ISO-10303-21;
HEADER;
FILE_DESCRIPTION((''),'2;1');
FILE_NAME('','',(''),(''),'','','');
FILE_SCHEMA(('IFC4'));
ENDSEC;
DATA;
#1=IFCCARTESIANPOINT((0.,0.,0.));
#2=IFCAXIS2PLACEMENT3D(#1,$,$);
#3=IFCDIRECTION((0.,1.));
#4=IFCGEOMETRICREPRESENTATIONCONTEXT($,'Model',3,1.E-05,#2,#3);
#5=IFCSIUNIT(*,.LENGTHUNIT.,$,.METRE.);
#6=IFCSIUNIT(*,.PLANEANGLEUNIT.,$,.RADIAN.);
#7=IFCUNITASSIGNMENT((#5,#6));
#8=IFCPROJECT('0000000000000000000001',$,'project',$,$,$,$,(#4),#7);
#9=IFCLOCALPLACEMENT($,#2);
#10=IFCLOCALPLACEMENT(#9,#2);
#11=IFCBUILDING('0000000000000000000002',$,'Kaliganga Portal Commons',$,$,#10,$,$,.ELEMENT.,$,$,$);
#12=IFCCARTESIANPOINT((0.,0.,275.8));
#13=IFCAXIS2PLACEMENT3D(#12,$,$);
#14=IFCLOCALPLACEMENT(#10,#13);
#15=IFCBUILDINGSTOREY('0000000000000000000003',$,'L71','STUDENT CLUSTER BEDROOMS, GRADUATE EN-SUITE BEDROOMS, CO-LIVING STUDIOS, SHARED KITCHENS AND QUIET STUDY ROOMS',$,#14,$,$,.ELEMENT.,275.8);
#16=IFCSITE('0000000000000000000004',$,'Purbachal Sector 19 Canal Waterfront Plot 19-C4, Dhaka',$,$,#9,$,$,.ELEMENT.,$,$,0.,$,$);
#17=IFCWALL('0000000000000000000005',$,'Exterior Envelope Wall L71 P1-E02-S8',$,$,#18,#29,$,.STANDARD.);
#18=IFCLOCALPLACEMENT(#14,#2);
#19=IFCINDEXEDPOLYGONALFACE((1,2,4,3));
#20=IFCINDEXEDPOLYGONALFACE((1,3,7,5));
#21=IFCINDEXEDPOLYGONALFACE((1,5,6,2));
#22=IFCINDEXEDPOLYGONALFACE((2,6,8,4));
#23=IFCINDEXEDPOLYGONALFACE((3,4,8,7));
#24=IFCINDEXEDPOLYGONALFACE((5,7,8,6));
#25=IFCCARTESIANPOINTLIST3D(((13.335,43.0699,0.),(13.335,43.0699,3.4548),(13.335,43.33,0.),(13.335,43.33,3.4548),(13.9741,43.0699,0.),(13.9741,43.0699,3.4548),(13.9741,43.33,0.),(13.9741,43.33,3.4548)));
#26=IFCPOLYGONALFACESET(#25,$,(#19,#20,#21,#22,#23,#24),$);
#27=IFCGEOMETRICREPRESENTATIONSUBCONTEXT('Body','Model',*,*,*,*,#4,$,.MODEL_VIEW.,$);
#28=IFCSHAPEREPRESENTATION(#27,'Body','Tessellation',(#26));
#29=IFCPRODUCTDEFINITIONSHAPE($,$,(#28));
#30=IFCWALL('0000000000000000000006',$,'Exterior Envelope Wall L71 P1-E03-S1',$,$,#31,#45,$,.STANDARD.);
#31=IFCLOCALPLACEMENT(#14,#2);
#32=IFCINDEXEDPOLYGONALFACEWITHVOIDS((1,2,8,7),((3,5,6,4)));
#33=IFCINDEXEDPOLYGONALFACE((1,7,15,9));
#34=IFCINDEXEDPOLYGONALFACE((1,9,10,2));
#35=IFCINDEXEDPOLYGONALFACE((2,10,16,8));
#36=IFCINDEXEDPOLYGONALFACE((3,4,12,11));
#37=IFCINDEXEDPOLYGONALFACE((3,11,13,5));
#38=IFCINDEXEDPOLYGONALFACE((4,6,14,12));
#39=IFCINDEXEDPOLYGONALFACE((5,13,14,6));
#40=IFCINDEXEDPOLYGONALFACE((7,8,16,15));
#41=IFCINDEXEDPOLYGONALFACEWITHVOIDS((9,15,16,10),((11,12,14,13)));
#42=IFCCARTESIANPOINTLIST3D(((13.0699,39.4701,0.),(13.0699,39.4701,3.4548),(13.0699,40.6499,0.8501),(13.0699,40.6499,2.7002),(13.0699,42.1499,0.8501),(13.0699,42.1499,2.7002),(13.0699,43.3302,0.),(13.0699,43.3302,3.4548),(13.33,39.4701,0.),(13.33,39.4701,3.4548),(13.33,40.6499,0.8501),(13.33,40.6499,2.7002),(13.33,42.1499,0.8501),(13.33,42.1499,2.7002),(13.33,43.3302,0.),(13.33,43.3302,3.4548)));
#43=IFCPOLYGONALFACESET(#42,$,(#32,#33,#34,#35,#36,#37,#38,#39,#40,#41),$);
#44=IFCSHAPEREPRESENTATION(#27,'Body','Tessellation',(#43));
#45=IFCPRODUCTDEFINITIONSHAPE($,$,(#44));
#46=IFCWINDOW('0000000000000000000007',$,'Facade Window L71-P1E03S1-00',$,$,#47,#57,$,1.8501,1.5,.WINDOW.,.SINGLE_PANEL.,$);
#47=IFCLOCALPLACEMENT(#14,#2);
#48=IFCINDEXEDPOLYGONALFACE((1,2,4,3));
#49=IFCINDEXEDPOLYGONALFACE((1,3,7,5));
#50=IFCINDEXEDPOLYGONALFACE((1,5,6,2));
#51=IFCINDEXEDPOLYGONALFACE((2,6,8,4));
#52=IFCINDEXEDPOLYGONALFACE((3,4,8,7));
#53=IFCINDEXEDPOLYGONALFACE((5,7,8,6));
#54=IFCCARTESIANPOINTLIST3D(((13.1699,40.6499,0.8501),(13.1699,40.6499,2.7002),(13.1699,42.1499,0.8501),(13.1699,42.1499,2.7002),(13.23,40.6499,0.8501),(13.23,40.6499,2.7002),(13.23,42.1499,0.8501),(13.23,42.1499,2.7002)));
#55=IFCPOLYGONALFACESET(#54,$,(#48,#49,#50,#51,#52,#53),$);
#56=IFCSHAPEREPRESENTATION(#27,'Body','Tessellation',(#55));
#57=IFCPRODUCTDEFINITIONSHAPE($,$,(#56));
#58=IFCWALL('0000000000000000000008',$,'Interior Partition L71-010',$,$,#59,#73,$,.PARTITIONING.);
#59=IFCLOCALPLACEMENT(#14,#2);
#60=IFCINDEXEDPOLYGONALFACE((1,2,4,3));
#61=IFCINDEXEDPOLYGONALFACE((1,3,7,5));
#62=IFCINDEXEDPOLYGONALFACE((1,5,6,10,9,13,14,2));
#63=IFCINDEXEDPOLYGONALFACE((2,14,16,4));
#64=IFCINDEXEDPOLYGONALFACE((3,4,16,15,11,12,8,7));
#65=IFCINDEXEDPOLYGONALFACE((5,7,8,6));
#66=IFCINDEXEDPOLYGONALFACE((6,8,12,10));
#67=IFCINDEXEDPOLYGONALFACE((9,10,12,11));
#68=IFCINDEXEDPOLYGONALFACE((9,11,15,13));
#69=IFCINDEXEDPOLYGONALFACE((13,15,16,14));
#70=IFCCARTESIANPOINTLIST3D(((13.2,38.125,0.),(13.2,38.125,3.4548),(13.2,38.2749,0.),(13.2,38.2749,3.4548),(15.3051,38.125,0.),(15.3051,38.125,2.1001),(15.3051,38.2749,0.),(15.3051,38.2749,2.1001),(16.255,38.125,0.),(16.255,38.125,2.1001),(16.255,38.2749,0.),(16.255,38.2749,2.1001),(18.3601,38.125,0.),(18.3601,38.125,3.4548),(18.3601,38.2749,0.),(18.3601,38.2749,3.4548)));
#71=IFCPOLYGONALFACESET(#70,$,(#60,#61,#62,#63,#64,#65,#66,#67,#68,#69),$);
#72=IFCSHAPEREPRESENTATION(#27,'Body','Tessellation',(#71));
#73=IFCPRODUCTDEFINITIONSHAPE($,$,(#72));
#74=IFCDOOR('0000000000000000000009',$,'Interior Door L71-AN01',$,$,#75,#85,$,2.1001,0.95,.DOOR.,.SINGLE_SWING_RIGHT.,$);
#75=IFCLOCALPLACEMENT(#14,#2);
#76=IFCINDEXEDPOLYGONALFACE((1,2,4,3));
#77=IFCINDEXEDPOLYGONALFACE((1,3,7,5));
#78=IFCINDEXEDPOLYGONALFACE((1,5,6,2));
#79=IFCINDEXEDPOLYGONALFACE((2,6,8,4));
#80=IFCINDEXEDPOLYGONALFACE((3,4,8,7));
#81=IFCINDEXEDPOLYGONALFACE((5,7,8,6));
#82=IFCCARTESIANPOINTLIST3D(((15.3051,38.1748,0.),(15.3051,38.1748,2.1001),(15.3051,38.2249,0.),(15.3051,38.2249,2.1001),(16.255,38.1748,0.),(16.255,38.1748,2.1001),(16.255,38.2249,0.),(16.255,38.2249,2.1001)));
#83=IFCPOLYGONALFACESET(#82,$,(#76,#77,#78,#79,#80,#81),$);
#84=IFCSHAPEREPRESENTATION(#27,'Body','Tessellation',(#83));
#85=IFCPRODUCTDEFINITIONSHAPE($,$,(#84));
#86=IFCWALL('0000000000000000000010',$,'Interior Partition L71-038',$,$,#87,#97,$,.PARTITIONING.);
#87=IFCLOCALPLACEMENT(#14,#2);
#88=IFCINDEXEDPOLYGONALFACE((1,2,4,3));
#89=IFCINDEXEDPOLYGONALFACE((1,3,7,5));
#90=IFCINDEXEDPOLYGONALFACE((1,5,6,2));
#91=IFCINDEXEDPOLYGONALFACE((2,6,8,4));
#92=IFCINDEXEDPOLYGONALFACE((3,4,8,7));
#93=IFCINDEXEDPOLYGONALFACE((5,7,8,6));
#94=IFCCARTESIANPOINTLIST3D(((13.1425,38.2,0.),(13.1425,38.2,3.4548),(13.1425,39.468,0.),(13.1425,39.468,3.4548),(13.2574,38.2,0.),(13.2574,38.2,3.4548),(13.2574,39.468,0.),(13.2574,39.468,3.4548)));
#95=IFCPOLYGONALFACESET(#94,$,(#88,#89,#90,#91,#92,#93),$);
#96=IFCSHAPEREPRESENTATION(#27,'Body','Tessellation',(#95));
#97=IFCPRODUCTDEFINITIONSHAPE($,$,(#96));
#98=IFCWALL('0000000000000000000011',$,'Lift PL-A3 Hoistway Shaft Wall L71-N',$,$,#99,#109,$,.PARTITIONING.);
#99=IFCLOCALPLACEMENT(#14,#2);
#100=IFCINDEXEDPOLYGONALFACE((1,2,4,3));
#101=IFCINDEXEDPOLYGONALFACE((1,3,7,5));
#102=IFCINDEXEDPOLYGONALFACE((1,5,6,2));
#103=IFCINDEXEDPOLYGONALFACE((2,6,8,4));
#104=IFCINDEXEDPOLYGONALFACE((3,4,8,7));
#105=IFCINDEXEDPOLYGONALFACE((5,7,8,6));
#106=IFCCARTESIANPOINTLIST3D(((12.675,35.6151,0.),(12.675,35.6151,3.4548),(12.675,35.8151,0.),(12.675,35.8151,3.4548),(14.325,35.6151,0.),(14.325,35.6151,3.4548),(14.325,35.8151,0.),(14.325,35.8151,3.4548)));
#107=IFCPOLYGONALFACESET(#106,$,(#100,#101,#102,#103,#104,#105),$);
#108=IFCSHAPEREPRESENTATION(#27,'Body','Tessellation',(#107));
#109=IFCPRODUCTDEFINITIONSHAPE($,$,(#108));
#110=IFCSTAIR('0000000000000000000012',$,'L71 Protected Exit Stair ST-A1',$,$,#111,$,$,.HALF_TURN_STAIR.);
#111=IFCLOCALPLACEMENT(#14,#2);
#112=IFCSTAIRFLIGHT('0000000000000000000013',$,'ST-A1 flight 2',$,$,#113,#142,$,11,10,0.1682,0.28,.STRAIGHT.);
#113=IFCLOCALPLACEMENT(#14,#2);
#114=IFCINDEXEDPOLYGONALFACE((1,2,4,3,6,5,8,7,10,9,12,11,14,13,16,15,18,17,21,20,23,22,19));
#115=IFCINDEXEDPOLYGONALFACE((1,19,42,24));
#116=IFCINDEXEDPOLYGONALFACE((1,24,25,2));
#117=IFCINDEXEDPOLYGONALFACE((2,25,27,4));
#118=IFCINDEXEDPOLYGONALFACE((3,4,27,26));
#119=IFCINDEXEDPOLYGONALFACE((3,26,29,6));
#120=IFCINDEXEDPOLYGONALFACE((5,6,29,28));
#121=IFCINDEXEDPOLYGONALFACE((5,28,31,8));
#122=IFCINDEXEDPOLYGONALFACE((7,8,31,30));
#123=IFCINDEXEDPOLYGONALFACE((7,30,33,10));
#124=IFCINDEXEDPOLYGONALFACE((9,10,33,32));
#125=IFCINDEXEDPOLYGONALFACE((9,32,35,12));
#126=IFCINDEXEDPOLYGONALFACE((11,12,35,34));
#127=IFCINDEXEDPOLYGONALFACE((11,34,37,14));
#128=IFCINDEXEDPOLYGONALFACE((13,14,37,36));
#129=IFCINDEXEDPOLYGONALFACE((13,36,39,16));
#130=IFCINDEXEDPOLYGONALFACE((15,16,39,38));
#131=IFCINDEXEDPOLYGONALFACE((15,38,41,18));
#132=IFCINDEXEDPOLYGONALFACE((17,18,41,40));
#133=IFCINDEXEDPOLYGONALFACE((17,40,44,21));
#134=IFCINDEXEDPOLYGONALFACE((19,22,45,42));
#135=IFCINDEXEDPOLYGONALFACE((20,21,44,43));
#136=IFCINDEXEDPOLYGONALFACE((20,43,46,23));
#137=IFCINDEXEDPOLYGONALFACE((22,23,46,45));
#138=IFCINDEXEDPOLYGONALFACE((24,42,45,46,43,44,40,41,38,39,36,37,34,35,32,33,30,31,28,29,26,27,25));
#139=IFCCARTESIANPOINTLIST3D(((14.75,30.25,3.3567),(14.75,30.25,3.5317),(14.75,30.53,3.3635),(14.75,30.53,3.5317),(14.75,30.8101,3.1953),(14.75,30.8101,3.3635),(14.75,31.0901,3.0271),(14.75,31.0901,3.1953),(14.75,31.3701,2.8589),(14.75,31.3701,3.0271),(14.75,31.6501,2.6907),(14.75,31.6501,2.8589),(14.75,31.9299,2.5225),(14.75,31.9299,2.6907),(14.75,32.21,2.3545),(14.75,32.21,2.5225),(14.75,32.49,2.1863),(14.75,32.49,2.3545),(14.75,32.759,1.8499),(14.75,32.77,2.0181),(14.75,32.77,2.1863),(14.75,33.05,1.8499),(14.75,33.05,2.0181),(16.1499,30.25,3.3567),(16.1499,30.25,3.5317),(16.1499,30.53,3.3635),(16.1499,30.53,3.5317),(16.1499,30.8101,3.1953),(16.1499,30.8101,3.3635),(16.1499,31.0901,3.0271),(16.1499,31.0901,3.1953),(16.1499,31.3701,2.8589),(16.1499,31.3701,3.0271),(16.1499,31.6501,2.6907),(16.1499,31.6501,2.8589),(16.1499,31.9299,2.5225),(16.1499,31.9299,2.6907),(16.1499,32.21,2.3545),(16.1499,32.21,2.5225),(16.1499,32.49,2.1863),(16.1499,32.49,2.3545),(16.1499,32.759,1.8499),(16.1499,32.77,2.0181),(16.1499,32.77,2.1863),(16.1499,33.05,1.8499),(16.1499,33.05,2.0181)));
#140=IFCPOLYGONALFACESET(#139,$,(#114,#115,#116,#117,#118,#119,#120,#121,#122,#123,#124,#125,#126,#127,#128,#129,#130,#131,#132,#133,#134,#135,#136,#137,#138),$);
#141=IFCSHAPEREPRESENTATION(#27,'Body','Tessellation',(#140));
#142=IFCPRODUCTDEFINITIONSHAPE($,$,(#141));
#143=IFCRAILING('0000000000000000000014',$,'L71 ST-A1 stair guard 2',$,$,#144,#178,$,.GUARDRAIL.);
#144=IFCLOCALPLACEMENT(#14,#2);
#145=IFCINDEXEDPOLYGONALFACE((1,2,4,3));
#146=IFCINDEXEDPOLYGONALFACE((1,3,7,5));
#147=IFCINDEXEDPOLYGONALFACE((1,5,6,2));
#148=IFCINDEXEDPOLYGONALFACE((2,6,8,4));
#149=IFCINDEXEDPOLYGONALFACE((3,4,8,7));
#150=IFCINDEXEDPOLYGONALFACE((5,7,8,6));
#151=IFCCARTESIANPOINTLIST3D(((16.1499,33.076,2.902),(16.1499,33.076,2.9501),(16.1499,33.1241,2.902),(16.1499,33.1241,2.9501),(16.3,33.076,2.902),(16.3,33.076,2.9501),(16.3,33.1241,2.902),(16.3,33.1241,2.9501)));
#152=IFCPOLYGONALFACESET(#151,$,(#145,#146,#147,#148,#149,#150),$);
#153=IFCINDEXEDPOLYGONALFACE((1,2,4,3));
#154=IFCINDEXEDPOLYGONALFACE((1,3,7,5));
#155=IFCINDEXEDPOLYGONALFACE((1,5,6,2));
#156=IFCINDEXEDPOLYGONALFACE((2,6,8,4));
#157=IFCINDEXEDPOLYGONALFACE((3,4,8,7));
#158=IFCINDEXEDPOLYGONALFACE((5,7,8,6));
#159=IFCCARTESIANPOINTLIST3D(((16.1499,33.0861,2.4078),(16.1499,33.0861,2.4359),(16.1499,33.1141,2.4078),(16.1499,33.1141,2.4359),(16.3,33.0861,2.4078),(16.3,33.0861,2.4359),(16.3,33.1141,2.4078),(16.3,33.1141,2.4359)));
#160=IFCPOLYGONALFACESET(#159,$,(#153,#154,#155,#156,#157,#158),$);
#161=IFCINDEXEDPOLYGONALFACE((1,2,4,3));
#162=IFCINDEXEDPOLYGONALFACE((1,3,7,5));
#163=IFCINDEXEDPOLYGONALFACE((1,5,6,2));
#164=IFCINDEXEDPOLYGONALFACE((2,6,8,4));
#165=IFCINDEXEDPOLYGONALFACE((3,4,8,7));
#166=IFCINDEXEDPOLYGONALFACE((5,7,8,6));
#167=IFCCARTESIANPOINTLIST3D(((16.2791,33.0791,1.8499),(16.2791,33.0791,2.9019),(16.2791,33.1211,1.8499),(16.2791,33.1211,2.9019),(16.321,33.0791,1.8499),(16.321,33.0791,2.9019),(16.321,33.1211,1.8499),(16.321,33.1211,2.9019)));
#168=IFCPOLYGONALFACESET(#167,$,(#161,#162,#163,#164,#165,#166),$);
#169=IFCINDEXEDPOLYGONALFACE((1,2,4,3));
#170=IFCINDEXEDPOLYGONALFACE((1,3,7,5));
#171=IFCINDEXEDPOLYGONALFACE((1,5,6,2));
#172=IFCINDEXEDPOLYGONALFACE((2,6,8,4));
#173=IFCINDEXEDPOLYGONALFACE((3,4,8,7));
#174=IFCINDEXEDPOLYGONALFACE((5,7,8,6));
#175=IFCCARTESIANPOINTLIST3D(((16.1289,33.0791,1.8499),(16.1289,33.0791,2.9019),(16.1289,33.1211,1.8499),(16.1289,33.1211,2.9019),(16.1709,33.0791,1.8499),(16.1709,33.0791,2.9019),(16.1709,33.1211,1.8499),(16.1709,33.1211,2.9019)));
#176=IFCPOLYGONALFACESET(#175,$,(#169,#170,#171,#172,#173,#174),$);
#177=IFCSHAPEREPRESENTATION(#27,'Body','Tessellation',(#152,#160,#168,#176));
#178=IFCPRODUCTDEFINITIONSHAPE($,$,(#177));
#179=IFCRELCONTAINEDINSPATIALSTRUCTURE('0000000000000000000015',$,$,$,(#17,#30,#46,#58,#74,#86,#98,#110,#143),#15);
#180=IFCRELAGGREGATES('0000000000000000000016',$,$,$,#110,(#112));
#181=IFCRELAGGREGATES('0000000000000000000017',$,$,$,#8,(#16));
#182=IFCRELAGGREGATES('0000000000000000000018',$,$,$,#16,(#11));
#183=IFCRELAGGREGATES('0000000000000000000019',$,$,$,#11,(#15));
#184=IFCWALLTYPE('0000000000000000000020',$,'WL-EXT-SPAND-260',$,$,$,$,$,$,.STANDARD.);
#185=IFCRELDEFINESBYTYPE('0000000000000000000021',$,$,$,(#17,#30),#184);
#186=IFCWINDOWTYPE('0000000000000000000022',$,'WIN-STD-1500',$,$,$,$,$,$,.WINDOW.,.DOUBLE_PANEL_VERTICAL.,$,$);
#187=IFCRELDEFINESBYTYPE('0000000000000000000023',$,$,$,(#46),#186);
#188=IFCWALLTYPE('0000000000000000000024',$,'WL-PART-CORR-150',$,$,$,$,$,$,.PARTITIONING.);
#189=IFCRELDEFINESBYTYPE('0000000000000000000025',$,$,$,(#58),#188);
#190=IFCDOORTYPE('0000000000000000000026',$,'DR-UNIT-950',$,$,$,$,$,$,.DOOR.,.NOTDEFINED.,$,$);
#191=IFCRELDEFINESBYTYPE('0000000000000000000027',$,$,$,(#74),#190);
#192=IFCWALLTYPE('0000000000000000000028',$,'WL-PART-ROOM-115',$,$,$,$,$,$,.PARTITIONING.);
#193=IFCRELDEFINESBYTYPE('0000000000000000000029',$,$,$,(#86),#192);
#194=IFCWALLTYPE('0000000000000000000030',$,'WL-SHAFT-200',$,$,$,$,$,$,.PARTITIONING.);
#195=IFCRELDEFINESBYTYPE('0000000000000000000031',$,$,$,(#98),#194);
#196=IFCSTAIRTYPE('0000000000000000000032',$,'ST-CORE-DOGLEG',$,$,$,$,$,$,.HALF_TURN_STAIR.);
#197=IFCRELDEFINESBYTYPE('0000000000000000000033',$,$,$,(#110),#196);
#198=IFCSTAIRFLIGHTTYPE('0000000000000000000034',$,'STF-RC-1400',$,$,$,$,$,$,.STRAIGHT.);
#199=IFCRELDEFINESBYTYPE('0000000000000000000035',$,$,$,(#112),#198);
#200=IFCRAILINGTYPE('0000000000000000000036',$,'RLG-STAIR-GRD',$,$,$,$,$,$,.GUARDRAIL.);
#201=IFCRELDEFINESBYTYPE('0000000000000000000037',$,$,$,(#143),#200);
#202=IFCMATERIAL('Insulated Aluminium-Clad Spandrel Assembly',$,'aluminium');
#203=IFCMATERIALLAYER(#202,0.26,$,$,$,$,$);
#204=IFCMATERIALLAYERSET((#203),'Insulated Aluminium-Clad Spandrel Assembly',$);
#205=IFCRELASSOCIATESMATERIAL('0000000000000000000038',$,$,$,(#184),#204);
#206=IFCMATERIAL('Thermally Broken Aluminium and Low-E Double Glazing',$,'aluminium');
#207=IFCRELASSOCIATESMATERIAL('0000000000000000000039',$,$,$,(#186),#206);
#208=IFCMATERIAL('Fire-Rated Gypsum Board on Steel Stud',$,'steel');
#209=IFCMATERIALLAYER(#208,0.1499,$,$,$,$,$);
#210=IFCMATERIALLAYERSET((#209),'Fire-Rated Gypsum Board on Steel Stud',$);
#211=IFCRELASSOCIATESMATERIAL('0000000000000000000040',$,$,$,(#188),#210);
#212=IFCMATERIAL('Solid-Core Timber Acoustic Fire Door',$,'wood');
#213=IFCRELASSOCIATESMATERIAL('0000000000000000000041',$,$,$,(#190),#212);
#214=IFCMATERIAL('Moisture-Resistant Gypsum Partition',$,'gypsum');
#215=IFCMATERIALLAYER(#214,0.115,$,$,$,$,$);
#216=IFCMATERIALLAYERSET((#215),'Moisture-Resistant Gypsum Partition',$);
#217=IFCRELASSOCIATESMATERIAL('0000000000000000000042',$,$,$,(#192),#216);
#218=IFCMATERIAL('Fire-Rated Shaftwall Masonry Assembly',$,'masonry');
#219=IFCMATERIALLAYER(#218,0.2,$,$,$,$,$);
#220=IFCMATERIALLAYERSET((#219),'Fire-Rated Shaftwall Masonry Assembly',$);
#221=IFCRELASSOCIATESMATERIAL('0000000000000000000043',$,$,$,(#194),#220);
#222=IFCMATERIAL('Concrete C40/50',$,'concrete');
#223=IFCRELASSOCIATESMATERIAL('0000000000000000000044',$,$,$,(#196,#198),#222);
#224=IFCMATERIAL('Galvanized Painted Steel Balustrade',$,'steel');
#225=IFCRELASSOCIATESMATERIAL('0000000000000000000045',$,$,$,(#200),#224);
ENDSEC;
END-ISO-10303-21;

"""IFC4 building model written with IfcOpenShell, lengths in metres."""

from ifc_helpers import new_model, si_unit, direction, frame, frame_2d, origin, origin_2d, place, context, subcontext, project, spatial, polyline, rectangle, outline, extrude, material, layer, layer_set, type_object, element, fill, aggregate, save


model = new_model("IFC4")

# Units and contexts
model_context = context("Model", 3, precision=1e-05, world=origin(), true_north=direction((0.0, 1.0)))
body_context = subcontext(model_context, "Body", "Model", "MODEL_VIEW")
ifc_project = project(units=[si_unit("LENGTHUNIT", "METRE"), si_unit("PLANEANGLEUNIT", "RADIAN")], contexts=[model_context])

# Site, building, storey
site_placement = place(None, origin())
site = spatial("IfcSite", under=ifc_project, at=site_placement, Name="Purbachal Sector 19 Canal Waterfront Plot 19-C4, Dhaka", CompositionType="ELEMENT", RefElevation=0.0)
building_placement = place(site_placement, origin())
building = spatial("IfcBuilding", under=site, at=building_placement, Name="Kaliganga Portal Commons", CompositionType="ELEMENT")
storey_placement = place(building_placement, frame((0.0, 0.0, 275.8)))
storey = spatial("IfcBuildingStorey", under=building, at=storey_placement, Name="L71", Description="STUDENT CLUSTER BEDROOMS, GRADUATE EN-SUITE BEDROOMS, CO-LIVING STUDIOS, SHARED KITCHENS AND QUIET STUDY ROOMS", CompositionType="ELEMENT", Elevation=275.8)

# Shared definitions
ifc_material_1 = material(Name="Insulated Aluminium-Clad Spandrel Assembly", Category="aluminium")
ifc_layer_1 = layer(ifc_material_1, 0.26)
ifc_layer_set_1 = layer_set([ifc_layer_1], Name="Insulated Aluminium-Clad Spandrel Assembly")
wall_type_1 = type_object("IfcWallType", Name="WL-EXT-SPAND-260", PredefinedType="STANDARD", material=ifc_layer_set_1)
ifc_material_2 = material(Name="Thermally Broken Aluminium and Low-E Double Glazing", Category="aluminium")

# Wall
wall_1_placement = place(storey_placement, frame((13.335, 43.2, 0.0), z_axis=(0.0, 0.0, 1.0), x_axis=(1.0, 0.0, 0.0)))
element("IfcWall", 1, at=wall_1_placement, inside=storey, type_object=wall_type_1, Name="Exterior Envelope Wall L71 P1-E02-S8", PredefinedType="STANDARD", context=body_context, shape_type="SweptSolid", body=[
    extrude(rectangle(XDim=0.6392, YDim=0.26, at=frame_2d((0.3196, 0.0))), origin(), (0.0, 0.0, 1.0), 3.4548),
])

# Wall, opening, window
wall_2_placement = place(storey_placement, frame((13.2, 39.47, 0.0), z_axis=(0.0, 0.0, 1.0), x_axis=(0.0, 1.0, 0.0)))
wall_2 = element("IfcWall", 2, at=wall_2_placement, inside=storey, type_object=wall_type_1, Name="Exterior Envelope Wall L71 P1-E03-S1", PredefinedType="STANDARD", context=body_context, shape_type="SweptSolid", body=[
    extrude(rectangle(XDim=3.8601, YDim=0.26, at=frame_2d((1.9302, 0.0))), origin(), (0.0, 0.0, 1.0), 3.4548),
])
opening_1_placement = place(wall_2_placement, frame((1.1799, 0.0, 0.8501)))
opening_1 = element("IfcOpeningElement", 3, at=opening_1_placement, cuts=wall_2, PredefinedType="OPENING", context=body_context, shape_type="SweptSolid", body=[
    extrude(rectangle(XDim=1.5, YDim=1.8501, at=frame_2d((0.75, 0.925))), frame((0.0, 0.1401, 0.0), z_axis=(0.0, -1.0, 0.0), x_axis=(1.0, 0.0, 0.0)), (0.0, 0.0, 1.0), 0.28),
])
window_type_1 = type_object("IfcWindowType", Name="WIN-STD-1500", PartitioningType="DOUBLE_PANEL_VERTICAL", PredefinedType="WINDOW", material=ifc_material_2)
window_1_placement = place(opening_1_placement, origin())
window_1 = element("IfcWindow", 4, at=window_1_placement, inside=storey, type_object=window_type_1, Name="Facade Window L71-P1E03S1-00", OverallHeight=1.8501, OverallWidth=1.5, PartitioningType="SINGLE_PANEL", PredefinedType="WINDOW", context=body_context, shape_type="SweptSolid", body=[
    extrude(rectangle(XDim=1.5, YDim=1.8501, at=frame_2d((0.75, 0.925))), frame((0.0, 0.03, 0.0), z_axis=(0.0, -1.0, 0.0), x_axis=(1.0, 0.0, 0.0)), (0.0, 0.0, 1.0), 0.0601),
])
fill(opening_1, window_1)

# Wall, opening, door
ifc_material_3 = material(Name="Fire-Rated Gypsum Board on Steel Stud", Category="steel")
ifc_layer_2 = layer(ifc_material_3, 0.1499)
ifc_layer_set_2 = layer_set([ifc_layer_2], Name="Fire-Rated Gypsum Board on Steel Stud")
wall_type_2 = type_object("IfcWallType", Name="WL-PART-CORR-150", PredefinedType="PARTITIONING", material=ifc_layer_set_2)
wall_3_placement = place(storey_placement, frame((13.2, 38.2, 0.0), z_axis=(0.0, 0.0, 1.0), x_axis=(1.0, 0.0, 0.0)))
wall_3 = element("IfcWall", 5, at=wall_3_placement, inside=storey, type_object=wall_type_2, Name="Interior Partition L71-010", PredefinedType="PARTITIONING", context=body_context, shape_type="SweptSolid", body=[
    extrude(rectangle(XDim=5.1602, YDim=0.1499, at=frame_2d((2.5801, 0.0))), origin(), (0.0, 0.0, 1.0), 3.4548),
])
opening_2_placement = place(wall_3_placement, frame((2.105, 0.0, 0.0)))
opening_2 = element("IfcOpeningElement", 6, at=opening_2_placement, cuts=wall_3, PredefinedType="OPENING", context=body_context, shape_type="SweptSolid", body=[
    extrude(rectangle(XDim=0.95, YDim=2.1001, at=frame_2d((0.4751, 1.05))), frame((0.0, 0.085, 0.0), z_axis=(0.0, -1.0, 0.0), x_axis=(1.0, 0.0, 0.0)), (0.0, 0.0, 1.0), 0.1699),
])
ifc_material_4 = material(Name="Solid-Core Timber Acoustic Fire Door", Category="wood")
door_type = type_object("IfcDoorType", Name="DR-UNIT-950", OperationType="NOTDEFINED", PredefinedType="DOOR", material=ifc_material_4)
door_placement = place(opening_2_placement, origin())
door = element("IfcDoor", 7, at=door_placement, inside=storey, type_object=door_type, Name="Interior Door L71-AN01", OperationType="SINGLE_SWING_RIGHT", OverallHeight=2.1001, OverallWidth=0.95, PredefinedType="DOOR", context=body_context, shape_type="SweptSolid", body=[
    extrude(rectangle(XDim=0.95, YDim=2.1001, at=frame_2d((0.4751, 1.05))), frame((0.0, 0.0249, 0.0), z_axis=(0.0, -1.0, 0.0), x_axis=(1.0, 0.0, 0.0)), (0.0, 0.0, 1.0), 0.05),
])
fill(opening_2, door)

# Walls
ifc_material_5 = material(Name="Moisture-Resistant Gypsum Partition", Category="gypsum")
ifc_layer_3 = layer(ifc_material_5, 0.115)
ifc_layer_set_3 = layer_set([ifc_layer_3], Name="Moisture-Resistant Gypsum Partition")
wall_type_3 = type_object("IfcWallType", Name="WL-PART-ROOM-115", PredefinedType="PARTITIONING", material=ifc_layer_set_3)
wall_4_placement = place(storey_placement, frame((13.2, 38.2, 0.0), z_axis=(0.0, 0.0, 1.0), x_axis=(0.0, 1.0, 0.0)))
element("IfcWall", 8, at=wall_4_placement, inside=storey, type_object=wall_type_3, Name="Interior Partition L71-038", PredefinedType="PARTITIONING", context=body_context, shape_type="SweptSolid", body=[
    extrude(rectangle(XDim=1.2681, YDim=0.115, at=frame_2d((0.634, 0.0))), origin(), (0.0, 0.0, 1.0), 3.4548),
])
ifc_material_6 = material(Name="Fire-Rated Shaftwall Masonry Assembly", Category="masonry")
ifc_layer_4 = layer(ifc_material_6, 0.2)
ifc_layer_set_4 = layer_set([ifc_layer_4], Name="Fire-Rated Shaftwall Masonry Assembly")
wall_type_4 = type_object("IfcWallType", Name="WL-SHAFT-200", PredefinedType="PARTITIONING", material=ifc_layer_set_4)
wall_5_placement = place(storey_placement, frame((12.675, 35.7151, 0.0), z_axis=(0.0, 0.0, 1.0), x_axis=(1.0, 0.0, 0.0)))
element("IfcWall", 9, at=wall_5_placement, inside=storey, type_object=wall_type_4, Name="Lift PL-A3 Hoistway Shaft Wall L71-N", PredefinedType="PARTITIONING", context=body_context, shape_type="SweptSolid", body=[
    extrude(rectangle(XDim=1.6499, YDim=0.2, at=frame_2d((0.825, 0.0))), origin(), (0.0, 0.0, 1.0), 3.4548),
])

# Stair, stair flight
ifc_material_7 = material(Name="Concrete C40/50", Category="concrete")
stair_type = type_object("IfcStairType", Name="ST-CORE-DOGLEG", PredefinedType="HALF_TURN_STAIR", material=ifc_material_7)
stair_placement = place(storey_placement, origin())
stair = element("IfcStair", 10, at=stair_placement, inside=storey, type_object=stair_type, Name="L71 Protected Exit Stair ST-A1", PredefinedType="HALF_TURN_STAIR")
stair_flight_type = type_object("IfcStairFlightType", Name="STF-RC-1400", PredefinedType="STRAIGHT", material=ifc_material_7)
stair_flight_placement = place(storey_placement, frame((15.45, 33.05, 1.8499), z_axis=(0.0, 0.0, 1.0), x_axis=(0.0, -1.0, 0.0)))
stair_flight = element("IfcStairFlight", 11, at=stair_flight_placement, type_object=stair_flight_type, Name="ST-A1 flight 2", NumberOfRisers=11, NumberOfTreads=10, PredefinedType="STRAIGHT", RiserHeight=0.1682, TreadLength=0.28, context=body_context, shape_type="SweptSolid", body=[
    extrude(outline(polyline([(0.0, 0.0), (0.0, 0.1682), (0.28, 0.1682), (0.28, 0.3364), (0.5601, 0.3364), (0.5601, 0.5046), (0.8401, 0.5046), (0.8401, 0.6726), (1.1201, 0.6726), (1.1201, 0.8408), (1.3999, 0.8408), (1.3999, 1.009), (1.6799, 1.009), (1.6799, 1.1772), (1.96, 1.1772), (1.96, 1.3455), (2.24, 1.3455), (2.24, 1.5137), (2.52, 1.5137), (2.52, 1.6819), (2.8, 1.6819), (2.8, 1.8501), (2.8, 1.5068), (0.291, 0.0), (0.0, 0.0)])), frame((0.0, 0.7, 0.0), z_axis=(0.0, -1.0, 0.0), x_axis=(1.0, 0.0, 0.0)), (0.0, 0.0, 1.0), 1.3999),
])
aggregate(stair, [stair_flight])

# Railing
ifc_material_8 = material(Name="Galvanized Painted Steel Balustrade", Category="steel")
railing_type_1 = type_object("IfcRailingType", Name="RLG-STAIR-GRD", PredefinedType="GUARDRAIL", material=ifc_material_8)
railing_1_placement = place(storey_placement, frame((16.3, 33.1001, 1.8499)))
element("IfcRailing", 12, at=railing_1_placement, inside=storey, type_object=railing_type_1, Name="L71 ST-A1 stair guard 2", PredefinedType="GUARDRAIL", context=body_context, shape_type="SweptSolid", body=[
    extrude(rectangle(XDim=0.0481, YDim=0.0481, at=origin_2d()), frame((0.0, 0.0, 1.0762), z_axis=(-1.0, 0.0, 0.0), x_axis=(0.0, -1.0, 0.0)), (0.0, 0.0, 1.0), 0.1501),
    extrude(rectangle(XDim=0.0281, YDim=0.0281, at=origin_2d()), frame((0.0, 0.0, 0.572), z_axis=(-1.0, 0.0, 0.0), x_axis=(0.0, -1.0, 0.0)), (0.0, 0.0, 1.0), 0.1501),
    extrude(rectangle(XDim=0.042, YDim=0.042, at=origin_2d()), origin(), (0.0, 0.0, 1.0), 1.052),
    extrude(rectangle(XDim=0.042, YDim=0.042, at=origin_2d()), frame((-0.1501, 0.0, 0.0)), (0.0, 0.0, 1.0), 1.052),
])

save(model, "model.ifc")
